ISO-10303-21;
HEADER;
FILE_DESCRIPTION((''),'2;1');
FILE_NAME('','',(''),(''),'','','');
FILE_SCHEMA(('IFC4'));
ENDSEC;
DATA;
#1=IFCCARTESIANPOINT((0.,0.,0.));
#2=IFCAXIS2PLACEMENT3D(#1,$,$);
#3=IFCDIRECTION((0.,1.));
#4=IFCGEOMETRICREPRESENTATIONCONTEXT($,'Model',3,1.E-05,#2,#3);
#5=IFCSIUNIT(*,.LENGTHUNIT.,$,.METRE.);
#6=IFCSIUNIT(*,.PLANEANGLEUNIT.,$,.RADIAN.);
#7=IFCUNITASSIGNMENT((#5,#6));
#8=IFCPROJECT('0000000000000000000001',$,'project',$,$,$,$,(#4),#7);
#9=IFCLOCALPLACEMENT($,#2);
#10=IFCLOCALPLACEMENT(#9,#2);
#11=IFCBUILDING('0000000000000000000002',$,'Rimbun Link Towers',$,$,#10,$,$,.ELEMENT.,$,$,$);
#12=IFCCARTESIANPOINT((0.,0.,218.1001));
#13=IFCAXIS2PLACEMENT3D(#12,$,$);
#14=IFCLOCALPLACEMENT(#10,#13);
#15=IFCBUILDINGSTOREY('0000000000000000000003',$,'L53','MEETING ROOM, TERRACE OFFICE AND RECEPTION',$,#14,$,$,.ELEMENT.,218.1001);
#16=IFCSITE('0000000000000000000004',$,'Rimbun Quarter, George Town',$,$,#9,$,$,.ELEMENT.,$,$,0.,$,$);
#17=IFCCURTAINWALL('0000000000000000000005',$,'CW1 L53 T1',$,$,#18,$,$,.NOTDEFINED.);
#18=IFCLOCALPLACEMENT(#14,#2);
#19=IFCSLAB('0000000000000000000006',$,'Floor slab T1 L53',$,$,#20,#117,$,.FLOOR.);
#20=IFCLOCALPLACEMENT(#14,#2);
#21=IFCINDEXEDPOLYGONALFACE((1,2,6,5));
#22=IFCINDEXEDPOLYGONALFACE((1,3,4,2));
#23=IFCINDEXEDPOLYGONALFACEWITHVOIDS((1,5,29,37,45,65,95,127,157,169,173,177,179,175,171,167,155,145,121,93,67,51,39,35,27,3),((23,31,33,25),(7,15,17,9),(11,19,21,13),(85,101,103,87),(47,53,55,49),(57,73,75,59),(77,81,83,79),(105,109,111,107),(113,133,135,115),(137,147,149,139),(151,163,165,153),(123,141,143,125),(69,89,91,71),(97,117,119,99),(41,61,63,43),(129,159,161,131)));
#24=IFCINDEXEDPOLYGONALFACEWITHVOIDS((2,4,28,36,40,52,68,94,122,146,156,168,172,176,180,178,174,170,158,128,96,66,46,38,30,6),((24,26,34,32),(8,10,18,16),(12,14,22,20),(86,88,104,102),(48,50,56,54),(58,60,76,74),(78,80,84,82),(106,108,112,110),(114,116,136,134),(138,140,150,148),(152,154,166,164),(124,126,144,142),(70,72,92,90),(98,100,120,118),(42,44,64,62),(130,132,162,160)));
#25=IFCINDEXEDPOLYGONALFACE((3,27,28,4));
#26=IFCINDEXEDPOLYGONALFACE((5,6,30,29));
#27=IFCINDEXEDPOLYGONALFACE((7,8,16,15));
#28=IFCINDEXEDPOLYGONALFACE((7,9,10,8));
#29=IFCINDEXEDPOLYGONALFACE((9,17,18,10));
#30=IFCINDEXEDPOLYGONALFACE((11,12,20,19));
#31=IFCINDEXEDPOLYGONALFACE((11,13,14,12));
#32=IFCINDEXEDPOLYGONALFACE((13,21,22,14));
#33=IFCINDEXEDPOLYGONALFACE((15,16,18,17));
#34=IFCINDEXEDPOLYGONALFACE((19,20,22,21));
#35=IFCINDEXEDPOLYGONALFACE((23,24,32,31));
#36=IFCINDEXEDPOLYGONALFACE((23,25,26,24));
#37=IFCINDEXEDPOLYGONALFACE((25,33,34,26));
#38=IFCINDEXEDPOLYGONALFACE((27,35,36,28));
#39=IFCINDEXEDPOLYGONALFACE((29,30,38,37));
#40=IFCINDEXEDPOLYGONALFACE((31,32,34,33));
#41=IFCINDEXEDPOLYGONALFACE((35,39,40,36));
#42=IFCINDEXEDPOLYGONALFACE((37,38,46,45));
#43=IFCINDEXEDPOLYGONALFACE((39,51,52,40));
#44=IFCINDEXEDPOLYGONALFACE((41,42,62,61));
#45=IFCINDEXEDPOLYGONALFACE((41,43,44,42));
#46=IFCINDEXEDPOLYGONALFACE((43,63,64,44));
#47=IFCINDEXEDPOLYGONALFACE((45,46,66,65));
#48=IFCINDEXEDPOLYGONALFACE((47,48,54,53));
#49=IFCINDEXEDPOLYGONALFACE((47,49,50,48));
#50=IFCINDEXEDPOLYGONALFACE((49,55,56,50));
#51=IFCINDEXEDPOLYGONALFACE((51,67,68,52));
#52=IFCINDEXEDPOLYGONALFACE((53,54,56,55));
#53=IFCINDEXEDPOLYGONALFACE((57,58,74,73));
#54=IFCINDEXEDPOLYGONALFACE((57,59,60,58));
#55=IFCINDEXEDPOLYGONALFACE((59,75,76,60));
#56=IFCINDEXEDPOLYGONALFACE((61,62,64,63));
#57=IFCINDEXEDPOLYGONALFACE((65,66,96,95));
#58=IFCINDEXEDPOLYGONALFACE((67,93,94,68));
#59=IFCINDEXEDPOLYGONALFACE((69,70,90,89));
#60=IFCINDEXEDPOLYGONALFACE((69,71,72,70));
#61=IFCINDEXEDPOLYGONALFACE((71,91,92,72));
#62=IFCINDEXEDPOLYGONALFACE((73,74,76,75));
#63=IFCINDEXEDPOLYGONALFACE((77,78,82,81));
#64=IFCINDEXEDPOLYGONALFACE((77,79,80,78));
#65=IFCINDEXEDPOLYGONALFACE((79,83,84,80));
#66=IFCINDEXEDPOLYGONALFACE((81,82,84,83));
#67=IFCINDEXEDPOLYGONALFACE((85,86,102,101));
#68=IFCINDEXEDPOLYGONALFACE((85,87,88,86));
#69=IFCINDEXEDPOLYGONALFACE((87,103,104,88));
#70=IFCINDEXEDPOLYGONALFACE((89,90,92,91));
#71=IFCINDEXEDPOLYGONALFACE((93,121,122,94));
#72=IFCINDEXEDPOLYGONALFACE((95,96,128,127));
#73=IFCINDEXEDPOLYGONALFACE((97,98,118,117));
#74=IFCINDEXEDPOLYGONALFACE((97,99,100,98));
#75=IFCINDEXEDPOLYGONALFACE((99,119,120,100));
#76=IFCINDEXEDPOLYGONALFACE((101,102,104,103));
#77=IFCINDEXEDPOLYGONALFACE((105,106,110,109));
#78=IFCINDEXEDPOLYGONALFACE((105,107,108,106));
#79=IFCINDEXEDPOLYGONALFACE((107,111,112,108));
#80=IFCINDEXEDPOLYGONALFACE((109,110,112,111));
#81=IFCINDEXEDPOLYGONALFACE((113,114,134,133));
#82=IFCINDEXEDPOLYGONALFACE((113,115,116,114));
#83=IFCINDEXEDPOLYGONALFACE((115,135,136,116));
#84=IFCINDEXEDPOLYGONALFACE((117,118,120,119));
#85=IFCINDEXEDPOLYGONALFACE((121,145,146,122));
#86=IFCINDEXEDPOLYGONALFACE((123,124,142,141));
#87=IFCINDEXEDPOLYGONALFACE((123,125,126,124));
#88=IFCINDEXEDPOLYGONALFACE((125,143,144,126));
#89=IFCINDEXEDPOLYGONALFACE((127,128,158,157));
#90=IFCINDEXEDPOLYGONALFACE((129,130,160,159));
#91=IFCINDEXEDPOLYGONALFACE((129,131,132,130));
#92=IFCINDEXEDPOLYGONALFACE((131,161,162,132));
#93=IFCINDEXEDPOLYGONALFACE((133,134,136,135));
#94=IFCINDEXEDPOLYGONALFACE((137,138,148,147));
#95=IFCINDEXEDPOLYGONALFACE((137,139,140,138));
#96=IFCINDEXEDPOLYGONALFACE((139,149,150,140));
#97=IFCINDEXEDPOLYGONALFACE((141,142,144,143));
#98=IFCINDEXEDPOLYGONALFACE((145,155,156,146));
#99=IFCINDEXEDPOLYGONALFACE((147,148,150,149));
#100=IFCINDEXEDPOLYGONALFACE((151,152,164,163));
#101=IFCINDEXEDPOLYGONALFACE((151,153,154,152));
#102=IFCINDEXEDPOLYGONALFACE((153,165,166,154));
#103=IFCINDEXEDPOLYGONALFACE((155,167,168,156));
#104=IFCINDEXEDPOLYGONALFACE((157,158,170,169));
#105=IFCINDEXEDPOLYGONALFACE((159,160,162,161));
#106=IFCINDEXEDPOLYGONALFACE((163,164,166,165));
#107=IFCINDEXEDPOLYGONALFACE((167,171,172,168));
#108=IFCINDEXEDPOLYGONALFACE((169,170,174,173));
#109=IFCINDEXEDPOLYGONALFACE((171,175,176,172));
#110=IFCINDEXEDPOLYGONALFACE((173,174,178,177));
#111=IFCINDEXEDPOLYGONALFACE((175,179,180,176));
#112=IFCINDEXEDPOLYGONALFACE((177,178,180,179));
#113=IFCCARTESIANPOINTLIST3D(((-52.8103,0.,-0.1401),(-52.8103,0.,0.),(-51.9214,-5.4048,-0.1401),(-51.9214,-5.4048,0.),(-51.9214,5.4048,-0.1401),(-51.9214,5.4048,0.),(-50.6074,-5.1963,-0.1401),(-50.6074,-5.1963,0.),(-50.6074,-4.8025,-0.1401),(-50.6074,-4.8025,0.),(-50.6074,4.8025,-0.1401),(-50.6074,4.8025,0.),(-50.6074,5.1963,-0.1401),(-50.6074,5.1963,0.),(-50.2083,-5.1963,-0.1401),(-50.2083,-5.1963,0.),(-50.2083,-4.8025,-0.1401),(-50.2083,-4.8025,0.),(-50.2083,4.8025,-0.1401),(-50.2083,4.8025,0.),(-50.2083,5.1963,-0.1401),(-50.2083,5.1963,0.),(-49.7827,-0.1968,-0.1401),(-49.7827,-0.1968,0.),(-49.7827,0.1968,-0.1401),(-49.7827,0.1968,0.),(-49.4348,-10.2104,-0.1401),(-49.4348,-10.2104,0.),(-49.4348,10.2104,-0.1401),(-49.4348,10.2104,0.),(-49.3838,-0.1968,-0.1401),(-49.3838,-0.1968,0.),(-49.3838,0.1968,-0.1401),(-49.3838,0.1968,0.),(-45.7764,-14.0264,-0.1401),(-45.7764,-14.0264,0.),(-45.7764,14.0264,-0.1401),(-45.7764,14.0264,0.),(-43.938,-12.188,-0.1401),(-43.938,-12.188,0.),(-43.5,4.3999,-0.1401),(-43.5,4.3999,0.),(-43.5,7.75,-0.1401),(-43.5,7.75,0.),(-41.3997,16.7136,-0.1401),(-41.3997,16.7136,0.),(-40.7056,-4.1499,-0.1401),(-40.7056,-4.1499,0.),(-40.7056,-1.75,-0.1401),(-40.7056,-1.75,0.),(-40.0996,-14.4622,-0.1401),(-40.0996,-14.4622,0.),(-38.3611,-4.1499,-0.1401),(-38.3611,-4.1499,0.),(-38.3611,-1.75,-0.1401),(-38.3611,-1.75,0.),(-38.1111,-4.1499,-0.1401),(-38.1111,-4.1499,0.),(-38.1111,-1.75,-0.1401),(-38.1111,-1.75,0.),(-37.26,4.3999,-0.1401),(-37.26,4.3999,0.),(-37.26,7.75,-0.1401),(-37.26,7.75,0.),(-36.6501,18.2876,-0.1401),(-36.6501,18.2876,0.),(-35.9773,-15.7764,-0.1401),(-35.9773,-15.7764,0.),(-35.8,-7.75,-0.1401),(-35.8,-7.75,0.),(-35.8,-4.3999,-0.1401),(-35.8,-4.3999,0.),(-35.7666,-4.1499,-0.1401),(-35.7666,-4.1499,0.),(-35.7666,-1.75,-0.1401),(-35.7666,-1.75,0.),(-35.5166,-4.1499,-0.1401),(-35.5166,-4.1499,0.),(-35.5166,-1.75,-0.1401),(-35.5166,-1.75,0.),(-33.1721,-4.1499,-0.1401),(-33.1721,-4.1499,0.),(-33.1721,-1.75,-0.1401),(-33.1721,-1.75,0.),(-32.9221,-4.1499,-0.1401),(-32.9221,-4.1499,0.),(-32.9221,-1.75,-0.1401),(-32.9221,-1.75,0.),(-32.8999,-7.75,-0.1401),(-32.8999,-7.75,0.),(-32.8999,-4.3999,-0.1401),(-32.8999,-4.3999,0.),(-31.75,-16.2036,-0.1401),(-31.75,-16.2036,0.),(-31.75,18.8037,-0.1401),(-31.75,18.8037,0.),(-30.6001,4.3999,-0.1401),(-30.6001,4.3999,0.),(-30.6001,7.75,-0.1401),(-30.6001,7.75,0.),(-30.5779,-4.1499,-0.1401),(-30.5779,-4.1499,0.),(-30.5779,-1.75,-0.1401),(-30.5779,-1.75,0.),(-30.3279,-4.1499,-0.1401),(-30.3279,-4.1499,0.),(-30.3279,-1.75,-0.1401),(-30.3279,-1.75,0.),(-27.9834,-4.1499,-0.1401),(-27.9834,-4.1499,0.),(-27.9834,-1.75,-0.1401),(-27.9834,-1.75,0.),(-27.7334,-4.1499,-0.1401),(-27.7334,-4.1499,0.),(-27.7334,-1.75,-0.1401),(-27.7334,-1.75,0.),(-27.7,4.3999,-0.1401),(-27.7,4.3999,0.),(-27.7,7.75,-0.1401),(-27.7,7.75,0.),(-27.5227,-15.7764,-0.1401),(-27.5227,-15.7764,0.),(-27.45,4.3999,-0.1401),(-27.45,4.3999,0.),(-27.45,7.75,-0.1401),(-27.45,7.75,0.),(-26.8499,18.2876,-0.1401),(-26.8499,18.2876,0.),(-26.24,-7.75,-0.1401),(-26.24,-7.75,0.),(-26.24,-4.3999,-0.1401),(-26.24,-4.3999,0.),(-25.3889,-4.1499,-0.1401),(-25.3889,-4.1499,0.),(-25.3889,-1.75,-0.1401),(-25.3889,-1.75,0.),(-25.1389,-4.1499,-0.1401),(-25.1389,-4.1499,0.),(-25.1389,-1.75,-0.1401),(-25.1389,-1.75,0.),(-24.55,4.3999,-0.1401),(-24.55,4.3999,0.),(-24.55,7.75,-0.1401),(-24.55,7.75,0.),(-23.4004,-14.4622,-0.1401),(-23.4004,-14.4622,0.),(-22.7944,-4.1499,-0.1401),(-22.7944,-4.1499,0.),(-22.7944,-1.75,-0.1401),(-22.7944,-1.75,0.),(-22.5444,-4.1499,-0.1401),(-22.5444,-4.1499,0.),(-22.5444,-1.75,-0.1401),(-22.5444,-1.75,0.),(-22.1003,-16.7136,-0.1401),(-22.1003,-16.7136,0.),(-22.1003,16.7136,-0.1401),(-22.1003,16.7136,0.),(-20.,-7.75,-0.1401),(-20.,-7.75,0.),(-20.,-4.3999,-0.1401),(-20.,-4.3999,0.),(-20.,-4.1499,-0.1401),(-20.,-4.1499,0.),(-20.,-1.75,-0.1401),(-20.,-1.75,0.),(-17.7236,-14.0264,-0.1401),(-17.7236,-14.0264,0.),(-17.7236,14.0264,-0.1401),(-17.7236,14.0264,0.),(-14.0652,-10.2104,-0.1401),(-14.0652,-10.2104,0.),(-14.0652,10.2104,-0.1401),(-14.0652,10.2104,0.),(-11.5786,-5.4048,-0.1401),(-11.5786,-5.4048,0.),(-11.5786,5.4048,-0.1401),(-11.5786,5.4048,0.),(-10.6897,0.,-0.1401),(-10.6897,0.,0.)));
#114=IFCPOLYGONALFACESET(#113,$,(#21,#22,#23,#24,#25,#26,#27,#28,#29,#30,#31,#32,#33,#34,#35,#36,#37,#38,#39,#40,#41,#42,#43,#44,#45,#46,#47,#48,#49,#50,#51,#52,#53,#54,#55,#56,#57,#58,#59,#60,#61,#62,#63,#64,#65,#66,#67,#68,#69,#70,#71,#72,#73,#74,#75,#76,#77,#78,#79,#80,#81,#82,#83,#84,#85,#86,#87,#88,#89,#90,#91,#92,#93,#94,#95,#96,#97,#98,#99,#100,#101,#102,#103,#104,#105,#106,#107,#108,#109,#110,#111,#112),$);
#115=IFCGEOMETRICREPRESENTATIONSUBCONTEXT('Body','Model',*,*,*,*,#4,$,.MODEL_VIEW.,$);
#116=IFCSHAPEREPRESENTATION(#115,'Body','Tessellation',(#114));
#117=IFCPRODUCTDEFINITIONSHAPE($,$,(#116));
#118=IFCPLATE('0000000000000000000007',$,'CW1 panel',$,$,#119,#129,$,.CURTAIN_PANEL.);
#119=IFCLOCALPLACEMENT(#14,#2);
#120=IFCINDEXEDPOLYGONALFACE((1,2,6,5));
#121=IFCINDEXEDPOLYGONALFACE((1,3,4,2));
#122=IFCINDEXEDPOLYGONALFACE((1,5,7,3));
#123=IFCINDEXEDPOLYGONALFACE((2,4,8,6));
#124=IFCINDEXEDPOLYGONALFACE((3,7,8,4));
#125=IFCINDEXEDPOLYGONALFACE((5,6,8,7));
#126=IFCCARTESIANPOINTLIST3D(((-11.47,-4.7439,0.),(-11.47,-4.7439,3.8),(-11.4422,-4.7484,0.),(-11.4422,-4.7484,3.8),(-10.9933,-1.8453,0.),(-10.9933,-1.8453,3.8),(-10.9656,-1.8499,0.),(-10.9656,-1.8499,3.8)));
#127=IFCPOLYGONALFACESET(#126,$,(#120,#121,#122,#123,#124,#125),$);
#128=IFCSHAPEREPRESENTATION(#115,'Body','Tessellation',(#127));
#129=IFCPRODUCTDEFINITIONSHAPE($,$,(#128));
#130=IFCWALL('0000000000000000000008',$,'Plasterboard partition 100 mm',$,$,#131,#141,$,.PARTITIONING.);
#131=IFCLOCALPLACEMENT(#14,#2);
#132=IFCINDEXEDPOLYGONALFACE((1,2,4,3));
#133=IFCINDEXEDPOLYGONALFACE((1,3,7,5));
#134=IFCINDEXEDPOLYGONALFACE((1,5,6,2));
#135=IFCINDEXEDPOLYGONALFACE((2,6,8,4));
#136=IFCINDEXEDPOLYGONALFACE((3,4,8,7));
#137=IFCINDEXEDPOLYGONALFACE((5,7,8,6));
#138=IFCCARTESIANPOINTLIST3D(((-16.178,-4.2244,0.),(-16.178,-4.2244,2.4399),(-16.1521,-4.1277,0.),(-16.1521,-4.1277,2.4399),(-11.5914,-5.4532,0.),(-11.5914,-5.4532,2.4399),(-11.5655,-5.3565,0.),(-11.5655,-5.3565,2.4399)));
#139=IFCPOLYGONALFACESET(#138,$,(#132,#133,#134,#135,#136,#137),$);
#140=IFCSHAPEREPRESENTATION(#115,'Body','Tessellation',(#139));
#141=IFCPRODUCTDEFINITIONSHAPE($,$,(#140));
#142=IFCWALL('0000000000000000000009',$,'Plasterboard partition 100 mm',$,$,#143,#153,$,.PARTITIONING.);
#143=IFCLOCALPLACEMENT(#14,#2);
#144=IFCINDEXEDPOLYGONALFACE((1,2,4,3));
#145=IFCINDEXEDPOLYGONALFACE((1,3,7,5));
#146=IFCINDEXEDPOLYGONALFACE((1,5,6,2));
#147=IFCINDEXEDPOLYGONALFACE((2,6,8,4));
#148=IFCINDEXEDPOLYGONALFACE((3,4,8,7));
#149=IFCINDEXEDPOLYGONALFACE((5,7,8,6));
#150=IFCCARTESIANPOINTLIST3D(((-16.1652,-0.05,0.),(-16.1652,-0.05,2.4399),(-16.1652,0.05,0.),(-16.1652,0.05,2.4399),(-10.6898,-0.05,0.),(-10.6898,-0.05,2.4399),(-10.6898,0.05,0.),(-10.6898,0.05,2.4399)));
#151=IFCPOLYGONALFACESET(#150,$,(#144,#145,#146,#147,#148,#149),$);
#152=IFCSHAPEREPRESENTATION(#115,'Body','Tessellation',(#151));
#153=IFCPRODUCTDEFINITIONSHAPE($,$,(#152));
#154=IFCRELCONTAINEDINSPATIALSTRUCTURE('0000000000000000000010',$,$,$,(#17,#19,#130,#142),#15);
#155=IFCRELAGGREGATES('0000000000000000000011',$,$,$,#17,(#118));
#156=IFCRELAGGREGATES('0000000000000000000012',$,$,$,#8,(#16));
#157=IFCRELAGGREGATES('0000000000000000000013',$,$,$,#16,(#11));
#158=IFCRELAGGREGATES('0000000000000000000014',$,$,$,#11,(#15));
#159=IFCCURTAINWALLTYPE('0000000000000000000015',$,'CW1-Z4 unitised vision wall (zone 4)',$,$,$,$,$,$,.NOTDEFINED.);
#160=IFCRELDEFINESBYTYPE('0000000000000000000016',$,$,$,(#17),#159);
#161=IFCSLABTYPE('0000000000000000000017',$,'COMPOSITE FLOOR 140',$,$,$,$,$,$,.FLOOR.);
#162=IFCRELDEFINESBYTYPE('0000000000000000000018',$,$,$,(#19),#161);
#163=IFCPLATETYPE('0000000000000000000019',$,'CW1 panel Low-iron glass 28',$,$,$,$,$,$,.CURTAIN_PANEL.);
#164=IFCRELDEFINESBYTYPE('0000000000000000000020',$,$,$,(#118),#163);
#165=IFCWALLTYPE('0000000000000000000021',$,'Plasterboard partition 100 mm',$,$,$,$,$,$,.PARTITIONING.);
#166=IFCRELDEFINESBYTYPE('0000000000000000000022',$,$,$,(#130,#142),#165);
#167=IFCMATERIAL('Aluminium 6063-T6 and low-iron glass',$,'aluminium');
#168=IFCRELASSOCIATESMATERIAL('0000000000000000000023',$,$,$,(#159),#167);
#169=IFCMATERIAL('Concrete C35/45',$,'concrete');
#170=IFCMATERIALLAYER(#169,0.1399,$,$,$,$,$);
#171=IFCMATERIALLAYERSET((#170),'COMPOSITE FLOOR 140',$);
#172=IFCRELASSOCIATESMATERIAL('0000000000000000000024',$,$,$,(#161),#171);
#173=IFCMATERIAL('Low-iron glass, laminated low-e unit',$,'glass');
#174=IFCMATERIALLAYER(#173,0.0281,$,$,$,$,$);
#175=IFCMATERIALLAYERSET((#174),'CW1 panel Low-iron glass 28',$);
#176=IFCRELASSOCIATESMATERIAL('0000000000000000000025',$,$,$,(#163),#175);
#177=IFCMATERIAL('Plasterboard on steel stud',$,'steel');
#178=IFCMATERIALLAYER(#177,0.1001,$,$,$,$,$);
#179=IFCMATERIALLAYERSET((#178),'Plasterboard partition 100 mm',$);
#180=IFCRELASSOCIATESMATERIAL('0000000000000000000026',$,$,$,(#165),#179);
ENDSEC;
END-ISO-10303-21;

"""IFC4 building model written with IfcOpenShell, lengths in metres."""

from ifc_helpers import new_model, si_unit, direction, frame, frame_2d, origin, origin_2d, place, context, subcontext, project, spatial, polyline, rectangle, outline, extrude, material, layer, layer_set, type_object, element, aggregate, save


model = new_model("IFC4")

# Units and contexts
model_context = context("Model", 3, precision=1e-05, world=origin(), true_north=direction((0.0, 1.0)))
body_context = subcontext(model_context, "Body", "Model", "MODEL_VIEW")
ifc_project = project(units=[si_unit("LENGTHUNIT", "METRE"), si_unit("PLANEANGLEUNIT", "RADIAN")], contexts=[model_context])

# Site, building, storey
site_placement = place(None, origin())
site = spatial("IfcSite", under=ifc_project, at=site_placement, Name="Rimbun Quarter, George Town", CompositionType="ELEMENT", RefElevation=0.0)
building_placement = place(site_placement, origin())
building = spatial("IfcBuilding", under=site, at=building_placement, Name="Rimbun Link Towers", CompositionType="ELEMENT")
storey_placement = place(building_placement, frame((0.0, 0.0, 218.1001)))
storey = spatial("IfcBuildingStorey", under=building, at=storey_placement, Name="L53", Description="MEETING ROOM, TERRACE OFFICE AND RECEPTION", CompositionType="ELEMENT", Elevation=218.1001)

# Curtain wall
ifc_material_1 = material(Name="Aluminium 6063-T6 and low-iron glass", Category="aluminium")
curtain_wall_type = type_object("IfcCurtainWallType", Name="CW1-Z4 unitised vision wall (zone 4)", PredefinedType="NOTDEFINED", material=ifc_material_1)
curtain_wall_placement = place(storey_placement, origin())
curtain_wall = element("IfcCurtainWall", 1, at=curtain_wall_placement, inside=storey, type_object=curtain_wall_type, Name="CW1 L53 T1", PredefinedType="NOTDEFINED")

# Slab
ifc_material_2 = material(Name="Concrete C35/45", Category="concrete")
ifc_layer_1 = layer(ifc_material_2, 0.1399)
ifc_layer_set_1 = layer_set([ifc_layer_1], Name="COMPOSITE FLOOR 140")
slab_type = type_object("IfcSlabType", Name="COMPOSITE FLOOR 140", PredefinedType="FLOOR", material=ifc_layer_set_1)
slab_placement = place(storey_placement, frame((0.0, 0.0, -0.1401)))
element("IfcSlab", 2, at=slab_placement, inside=storey, type_object=slab_type, Name="Floor slab T1 L53", PredefinedType="FLOOR", context=body_context, shape_type="SweptSolid", body=[
    extrude(outline(polyline([(-49.4348, -10.2104), (-51.9214, -5.4048), (-52.8103, 0.0), (-51.9214, 5.4048), (-49.4348, 10.2104), (-45.7764, 14.0264), (-41.3997, 16.7136), (-36.6501, 18.2876), (-31.75, 18.8037), (-26.8499, 18.2876), (-22.1003, 16.7136), (-17.7236, 14.0264), (-14.0652, 10.2104), (-11.5786, 5.4048), (-10.6897, 0.0), (-11.5786, -5.4048), (-14.0652, -10.2104), (-17.7236, -14.0264), (-22.1003, -16.7136), (-23.4004, -14.4622), (-27.5227, -15.7764), (-31.75, -16.2036), (-35.9773, -15.7764), (-40.0996, -14.4622), (-43.938, -12.188), (-45.7764, -14.0264), (-49.4348, -10.2104)]), holes=[polyline([(-32.8999, -7.75), (-32.8999, -4.3999), (-35.8, -4.3999), (-35.8, -7.75), (-32.8999, -7.75)]), polyline([(-50.2083, -5.1963), (-50.2083, -4.8025), (-50.6074, -4.8025), (-50.6074, -5.1963), (-50.2083, -5.1963)]), polyline([(-38.3611, -4.1499), (-38.3611, -1.75), (-40.7056, -1.75), (-40.7056, -4.1499), (-38.3611, -4.1499)]), polyline([(-35.7666, -4.1499), (-35.7666, -1.75), (-38.1111, -1.75), (-38.1111, -4.1499), (-35.7666, -4.1499)]), polyline([(-33.1721, -4.1499), (-33.1721, -1.75), (-35.5166, -1.75), (-35.5166, -4.1499), (-33.1721, -4.1499)]), polyline([(-49.3838, -0.1968), (-49.3838, 0.1968), (-49.7827, 0.1968), (-49.7827, -0.1968), (-49.3838, -0.1968)]), polyline([(-50.2083, 4.8025), (-50.2083, 5.1963), (-50.6074, 5.1963), (-50.6074, 4.8025), (-50.2083, 4.8025)]), polyline([(-37.26, 4.3999), (-37.26, 7.75), (-43.5, 7.75), (-43.5, 4.3999), (-37.26, 4.3999)]), polyline([(-20.0, -7.75), (-20.0, -4.3999), (-26.24, -4.3999), (-26.24, -7.75), (-20.0, -7.75)]), polyline([(-30.5779, -4.1499), (-30.5779, -1.75), (-32.9221, -1.75), (-32.9221, -4.1499), (-30.5779, -4.1499)]), polyline([(-27.9834, -4.1499), (-27.9834, -1.75), (-30.3279, -1.75), (-30.3279, -4.1499), (-27.9834, -4.1499)]), polyline([(-25.3889, -4.1499), (-25.3889, -1.75), (-27.7334, -1.75), (-27.7334, -4.1499), (-25.3889, -4.1499)]), polyline([(-22.7944, -4.1499), (-22.7944, -1.75), (-25.1389, -1.75), (-25.1389, -4.1499), (-22.7944, -4.1499)]), polyline([(-20.0, -4.1499), (-20.0, -1.75), (-22.5444, -1.75), (-22.5444, -4.1499), (-20.0, -4.1499)]), polyline([(-27.7, 4.3999), (-27.7, 7.75), (-30.6001, 7.75), (-30.6001, 4.3999), (-27.7, 4.3999)]), polyline([(-24.55, 4.3999), (-24.55, 7.75), (-27.45, 7.75), (-27.45, 4.3999), (-24.55, 4.3999)])]), origin(), (0.0, 0.0, 1.0), 0.1401),
])

# Plate
ifc_material_3 = material(Name="Low-iron glass, laminated low-e unit", Category="glass")
ifc_layer_2 = layer(ifc_material_3, 0.0281)
ifc_layer_set_2 = layer_set([ifc_layer_2], Name="CW1 panel Low-iron glass 28")
plate_type = type_object("IfcPlateType", Name="CW1 panel Low-iron glass 28", PredefinedType="CURTAIN_PANEL", material=ifc_layer_set_2)
plate_placement = place(storey_placement, frame((-11.2178, -3.2969, 0.0), z_axis=(0.0, 0.0, 1.0), x_axis=(-0.162264, -0.986747, 0.0)))
plate = element("IfcPlate", 3, at=plate_placement, type_object=plate_type, Name="CW1 panel", PredefinedType="CURTAIN_PANEL", context=body_context, shape_type="SweptSolid", body=[
    extrude(rectangle(XDim=2.9375, YDim=0.0281, at=origin_2d()), origin(), (0.0, 0.0, 1.0), 3.8),
])
aggregate(curtain_wall, [plate])

# Walls
ifc_material_4 = material(Name="Plasterboard on steel stud", Category="steel")
ifc_layer_3 = layer(ifc_material_4, 0.1001)
ifc_layer_set_3 = layer_set([ifc_layer_3], Name="Plasterboard partition 100 mm")
wall_type = type_object("IfcWallType", Name="Plasterboard partition 100 mm", PredefinedType="PARTITIONING", material=ifc_layer_set_3)
wall_1_placement = place(storey_placement, frame((-11.5786, -5.4048, 0.0), z_axis=(0.0, 0.0, 1.0), x_axis=(-0.965935, 0.258786, 0.0)))
element("IfcWall", 4, at=wall_1_placement, inside=storey, type_object=wall_type, Name="Plasterboard partition 100 mm", PredefinedType="PARTITIONING", context=body_context, shape_type="SweptSolid", body=[
    extrude(rectangle(XDim=4.7483, YDim=0.1001, at=frame_2d((2.374, 0.0))), origin(), (0.0, 0.0, 1.0), 2.4399),
])
wall_2_placement = place(storey_placement, frame((-10.6897, 0.0, 0.0), z_axis=(0.0, 0.0, 1.0), x_axis=(-1.0, 0.0, 0.0)))
element("IfcWall", 5, at=wall_2_placement, inside=storey, type_object=wall_type, Name="Plasterboard partition 100 mm", PredefinedType="PARTITIONING", context=body_context, shape_type="SweptSolid", body=[
    extrude(rectangle(XDim=5.4753, YDim=0.1001, at=frame_2d((2.7378, 0.0))), origin(), (0.0, 0.0, 1.0), 2.4399),
])

save(model, "model.ifc")
